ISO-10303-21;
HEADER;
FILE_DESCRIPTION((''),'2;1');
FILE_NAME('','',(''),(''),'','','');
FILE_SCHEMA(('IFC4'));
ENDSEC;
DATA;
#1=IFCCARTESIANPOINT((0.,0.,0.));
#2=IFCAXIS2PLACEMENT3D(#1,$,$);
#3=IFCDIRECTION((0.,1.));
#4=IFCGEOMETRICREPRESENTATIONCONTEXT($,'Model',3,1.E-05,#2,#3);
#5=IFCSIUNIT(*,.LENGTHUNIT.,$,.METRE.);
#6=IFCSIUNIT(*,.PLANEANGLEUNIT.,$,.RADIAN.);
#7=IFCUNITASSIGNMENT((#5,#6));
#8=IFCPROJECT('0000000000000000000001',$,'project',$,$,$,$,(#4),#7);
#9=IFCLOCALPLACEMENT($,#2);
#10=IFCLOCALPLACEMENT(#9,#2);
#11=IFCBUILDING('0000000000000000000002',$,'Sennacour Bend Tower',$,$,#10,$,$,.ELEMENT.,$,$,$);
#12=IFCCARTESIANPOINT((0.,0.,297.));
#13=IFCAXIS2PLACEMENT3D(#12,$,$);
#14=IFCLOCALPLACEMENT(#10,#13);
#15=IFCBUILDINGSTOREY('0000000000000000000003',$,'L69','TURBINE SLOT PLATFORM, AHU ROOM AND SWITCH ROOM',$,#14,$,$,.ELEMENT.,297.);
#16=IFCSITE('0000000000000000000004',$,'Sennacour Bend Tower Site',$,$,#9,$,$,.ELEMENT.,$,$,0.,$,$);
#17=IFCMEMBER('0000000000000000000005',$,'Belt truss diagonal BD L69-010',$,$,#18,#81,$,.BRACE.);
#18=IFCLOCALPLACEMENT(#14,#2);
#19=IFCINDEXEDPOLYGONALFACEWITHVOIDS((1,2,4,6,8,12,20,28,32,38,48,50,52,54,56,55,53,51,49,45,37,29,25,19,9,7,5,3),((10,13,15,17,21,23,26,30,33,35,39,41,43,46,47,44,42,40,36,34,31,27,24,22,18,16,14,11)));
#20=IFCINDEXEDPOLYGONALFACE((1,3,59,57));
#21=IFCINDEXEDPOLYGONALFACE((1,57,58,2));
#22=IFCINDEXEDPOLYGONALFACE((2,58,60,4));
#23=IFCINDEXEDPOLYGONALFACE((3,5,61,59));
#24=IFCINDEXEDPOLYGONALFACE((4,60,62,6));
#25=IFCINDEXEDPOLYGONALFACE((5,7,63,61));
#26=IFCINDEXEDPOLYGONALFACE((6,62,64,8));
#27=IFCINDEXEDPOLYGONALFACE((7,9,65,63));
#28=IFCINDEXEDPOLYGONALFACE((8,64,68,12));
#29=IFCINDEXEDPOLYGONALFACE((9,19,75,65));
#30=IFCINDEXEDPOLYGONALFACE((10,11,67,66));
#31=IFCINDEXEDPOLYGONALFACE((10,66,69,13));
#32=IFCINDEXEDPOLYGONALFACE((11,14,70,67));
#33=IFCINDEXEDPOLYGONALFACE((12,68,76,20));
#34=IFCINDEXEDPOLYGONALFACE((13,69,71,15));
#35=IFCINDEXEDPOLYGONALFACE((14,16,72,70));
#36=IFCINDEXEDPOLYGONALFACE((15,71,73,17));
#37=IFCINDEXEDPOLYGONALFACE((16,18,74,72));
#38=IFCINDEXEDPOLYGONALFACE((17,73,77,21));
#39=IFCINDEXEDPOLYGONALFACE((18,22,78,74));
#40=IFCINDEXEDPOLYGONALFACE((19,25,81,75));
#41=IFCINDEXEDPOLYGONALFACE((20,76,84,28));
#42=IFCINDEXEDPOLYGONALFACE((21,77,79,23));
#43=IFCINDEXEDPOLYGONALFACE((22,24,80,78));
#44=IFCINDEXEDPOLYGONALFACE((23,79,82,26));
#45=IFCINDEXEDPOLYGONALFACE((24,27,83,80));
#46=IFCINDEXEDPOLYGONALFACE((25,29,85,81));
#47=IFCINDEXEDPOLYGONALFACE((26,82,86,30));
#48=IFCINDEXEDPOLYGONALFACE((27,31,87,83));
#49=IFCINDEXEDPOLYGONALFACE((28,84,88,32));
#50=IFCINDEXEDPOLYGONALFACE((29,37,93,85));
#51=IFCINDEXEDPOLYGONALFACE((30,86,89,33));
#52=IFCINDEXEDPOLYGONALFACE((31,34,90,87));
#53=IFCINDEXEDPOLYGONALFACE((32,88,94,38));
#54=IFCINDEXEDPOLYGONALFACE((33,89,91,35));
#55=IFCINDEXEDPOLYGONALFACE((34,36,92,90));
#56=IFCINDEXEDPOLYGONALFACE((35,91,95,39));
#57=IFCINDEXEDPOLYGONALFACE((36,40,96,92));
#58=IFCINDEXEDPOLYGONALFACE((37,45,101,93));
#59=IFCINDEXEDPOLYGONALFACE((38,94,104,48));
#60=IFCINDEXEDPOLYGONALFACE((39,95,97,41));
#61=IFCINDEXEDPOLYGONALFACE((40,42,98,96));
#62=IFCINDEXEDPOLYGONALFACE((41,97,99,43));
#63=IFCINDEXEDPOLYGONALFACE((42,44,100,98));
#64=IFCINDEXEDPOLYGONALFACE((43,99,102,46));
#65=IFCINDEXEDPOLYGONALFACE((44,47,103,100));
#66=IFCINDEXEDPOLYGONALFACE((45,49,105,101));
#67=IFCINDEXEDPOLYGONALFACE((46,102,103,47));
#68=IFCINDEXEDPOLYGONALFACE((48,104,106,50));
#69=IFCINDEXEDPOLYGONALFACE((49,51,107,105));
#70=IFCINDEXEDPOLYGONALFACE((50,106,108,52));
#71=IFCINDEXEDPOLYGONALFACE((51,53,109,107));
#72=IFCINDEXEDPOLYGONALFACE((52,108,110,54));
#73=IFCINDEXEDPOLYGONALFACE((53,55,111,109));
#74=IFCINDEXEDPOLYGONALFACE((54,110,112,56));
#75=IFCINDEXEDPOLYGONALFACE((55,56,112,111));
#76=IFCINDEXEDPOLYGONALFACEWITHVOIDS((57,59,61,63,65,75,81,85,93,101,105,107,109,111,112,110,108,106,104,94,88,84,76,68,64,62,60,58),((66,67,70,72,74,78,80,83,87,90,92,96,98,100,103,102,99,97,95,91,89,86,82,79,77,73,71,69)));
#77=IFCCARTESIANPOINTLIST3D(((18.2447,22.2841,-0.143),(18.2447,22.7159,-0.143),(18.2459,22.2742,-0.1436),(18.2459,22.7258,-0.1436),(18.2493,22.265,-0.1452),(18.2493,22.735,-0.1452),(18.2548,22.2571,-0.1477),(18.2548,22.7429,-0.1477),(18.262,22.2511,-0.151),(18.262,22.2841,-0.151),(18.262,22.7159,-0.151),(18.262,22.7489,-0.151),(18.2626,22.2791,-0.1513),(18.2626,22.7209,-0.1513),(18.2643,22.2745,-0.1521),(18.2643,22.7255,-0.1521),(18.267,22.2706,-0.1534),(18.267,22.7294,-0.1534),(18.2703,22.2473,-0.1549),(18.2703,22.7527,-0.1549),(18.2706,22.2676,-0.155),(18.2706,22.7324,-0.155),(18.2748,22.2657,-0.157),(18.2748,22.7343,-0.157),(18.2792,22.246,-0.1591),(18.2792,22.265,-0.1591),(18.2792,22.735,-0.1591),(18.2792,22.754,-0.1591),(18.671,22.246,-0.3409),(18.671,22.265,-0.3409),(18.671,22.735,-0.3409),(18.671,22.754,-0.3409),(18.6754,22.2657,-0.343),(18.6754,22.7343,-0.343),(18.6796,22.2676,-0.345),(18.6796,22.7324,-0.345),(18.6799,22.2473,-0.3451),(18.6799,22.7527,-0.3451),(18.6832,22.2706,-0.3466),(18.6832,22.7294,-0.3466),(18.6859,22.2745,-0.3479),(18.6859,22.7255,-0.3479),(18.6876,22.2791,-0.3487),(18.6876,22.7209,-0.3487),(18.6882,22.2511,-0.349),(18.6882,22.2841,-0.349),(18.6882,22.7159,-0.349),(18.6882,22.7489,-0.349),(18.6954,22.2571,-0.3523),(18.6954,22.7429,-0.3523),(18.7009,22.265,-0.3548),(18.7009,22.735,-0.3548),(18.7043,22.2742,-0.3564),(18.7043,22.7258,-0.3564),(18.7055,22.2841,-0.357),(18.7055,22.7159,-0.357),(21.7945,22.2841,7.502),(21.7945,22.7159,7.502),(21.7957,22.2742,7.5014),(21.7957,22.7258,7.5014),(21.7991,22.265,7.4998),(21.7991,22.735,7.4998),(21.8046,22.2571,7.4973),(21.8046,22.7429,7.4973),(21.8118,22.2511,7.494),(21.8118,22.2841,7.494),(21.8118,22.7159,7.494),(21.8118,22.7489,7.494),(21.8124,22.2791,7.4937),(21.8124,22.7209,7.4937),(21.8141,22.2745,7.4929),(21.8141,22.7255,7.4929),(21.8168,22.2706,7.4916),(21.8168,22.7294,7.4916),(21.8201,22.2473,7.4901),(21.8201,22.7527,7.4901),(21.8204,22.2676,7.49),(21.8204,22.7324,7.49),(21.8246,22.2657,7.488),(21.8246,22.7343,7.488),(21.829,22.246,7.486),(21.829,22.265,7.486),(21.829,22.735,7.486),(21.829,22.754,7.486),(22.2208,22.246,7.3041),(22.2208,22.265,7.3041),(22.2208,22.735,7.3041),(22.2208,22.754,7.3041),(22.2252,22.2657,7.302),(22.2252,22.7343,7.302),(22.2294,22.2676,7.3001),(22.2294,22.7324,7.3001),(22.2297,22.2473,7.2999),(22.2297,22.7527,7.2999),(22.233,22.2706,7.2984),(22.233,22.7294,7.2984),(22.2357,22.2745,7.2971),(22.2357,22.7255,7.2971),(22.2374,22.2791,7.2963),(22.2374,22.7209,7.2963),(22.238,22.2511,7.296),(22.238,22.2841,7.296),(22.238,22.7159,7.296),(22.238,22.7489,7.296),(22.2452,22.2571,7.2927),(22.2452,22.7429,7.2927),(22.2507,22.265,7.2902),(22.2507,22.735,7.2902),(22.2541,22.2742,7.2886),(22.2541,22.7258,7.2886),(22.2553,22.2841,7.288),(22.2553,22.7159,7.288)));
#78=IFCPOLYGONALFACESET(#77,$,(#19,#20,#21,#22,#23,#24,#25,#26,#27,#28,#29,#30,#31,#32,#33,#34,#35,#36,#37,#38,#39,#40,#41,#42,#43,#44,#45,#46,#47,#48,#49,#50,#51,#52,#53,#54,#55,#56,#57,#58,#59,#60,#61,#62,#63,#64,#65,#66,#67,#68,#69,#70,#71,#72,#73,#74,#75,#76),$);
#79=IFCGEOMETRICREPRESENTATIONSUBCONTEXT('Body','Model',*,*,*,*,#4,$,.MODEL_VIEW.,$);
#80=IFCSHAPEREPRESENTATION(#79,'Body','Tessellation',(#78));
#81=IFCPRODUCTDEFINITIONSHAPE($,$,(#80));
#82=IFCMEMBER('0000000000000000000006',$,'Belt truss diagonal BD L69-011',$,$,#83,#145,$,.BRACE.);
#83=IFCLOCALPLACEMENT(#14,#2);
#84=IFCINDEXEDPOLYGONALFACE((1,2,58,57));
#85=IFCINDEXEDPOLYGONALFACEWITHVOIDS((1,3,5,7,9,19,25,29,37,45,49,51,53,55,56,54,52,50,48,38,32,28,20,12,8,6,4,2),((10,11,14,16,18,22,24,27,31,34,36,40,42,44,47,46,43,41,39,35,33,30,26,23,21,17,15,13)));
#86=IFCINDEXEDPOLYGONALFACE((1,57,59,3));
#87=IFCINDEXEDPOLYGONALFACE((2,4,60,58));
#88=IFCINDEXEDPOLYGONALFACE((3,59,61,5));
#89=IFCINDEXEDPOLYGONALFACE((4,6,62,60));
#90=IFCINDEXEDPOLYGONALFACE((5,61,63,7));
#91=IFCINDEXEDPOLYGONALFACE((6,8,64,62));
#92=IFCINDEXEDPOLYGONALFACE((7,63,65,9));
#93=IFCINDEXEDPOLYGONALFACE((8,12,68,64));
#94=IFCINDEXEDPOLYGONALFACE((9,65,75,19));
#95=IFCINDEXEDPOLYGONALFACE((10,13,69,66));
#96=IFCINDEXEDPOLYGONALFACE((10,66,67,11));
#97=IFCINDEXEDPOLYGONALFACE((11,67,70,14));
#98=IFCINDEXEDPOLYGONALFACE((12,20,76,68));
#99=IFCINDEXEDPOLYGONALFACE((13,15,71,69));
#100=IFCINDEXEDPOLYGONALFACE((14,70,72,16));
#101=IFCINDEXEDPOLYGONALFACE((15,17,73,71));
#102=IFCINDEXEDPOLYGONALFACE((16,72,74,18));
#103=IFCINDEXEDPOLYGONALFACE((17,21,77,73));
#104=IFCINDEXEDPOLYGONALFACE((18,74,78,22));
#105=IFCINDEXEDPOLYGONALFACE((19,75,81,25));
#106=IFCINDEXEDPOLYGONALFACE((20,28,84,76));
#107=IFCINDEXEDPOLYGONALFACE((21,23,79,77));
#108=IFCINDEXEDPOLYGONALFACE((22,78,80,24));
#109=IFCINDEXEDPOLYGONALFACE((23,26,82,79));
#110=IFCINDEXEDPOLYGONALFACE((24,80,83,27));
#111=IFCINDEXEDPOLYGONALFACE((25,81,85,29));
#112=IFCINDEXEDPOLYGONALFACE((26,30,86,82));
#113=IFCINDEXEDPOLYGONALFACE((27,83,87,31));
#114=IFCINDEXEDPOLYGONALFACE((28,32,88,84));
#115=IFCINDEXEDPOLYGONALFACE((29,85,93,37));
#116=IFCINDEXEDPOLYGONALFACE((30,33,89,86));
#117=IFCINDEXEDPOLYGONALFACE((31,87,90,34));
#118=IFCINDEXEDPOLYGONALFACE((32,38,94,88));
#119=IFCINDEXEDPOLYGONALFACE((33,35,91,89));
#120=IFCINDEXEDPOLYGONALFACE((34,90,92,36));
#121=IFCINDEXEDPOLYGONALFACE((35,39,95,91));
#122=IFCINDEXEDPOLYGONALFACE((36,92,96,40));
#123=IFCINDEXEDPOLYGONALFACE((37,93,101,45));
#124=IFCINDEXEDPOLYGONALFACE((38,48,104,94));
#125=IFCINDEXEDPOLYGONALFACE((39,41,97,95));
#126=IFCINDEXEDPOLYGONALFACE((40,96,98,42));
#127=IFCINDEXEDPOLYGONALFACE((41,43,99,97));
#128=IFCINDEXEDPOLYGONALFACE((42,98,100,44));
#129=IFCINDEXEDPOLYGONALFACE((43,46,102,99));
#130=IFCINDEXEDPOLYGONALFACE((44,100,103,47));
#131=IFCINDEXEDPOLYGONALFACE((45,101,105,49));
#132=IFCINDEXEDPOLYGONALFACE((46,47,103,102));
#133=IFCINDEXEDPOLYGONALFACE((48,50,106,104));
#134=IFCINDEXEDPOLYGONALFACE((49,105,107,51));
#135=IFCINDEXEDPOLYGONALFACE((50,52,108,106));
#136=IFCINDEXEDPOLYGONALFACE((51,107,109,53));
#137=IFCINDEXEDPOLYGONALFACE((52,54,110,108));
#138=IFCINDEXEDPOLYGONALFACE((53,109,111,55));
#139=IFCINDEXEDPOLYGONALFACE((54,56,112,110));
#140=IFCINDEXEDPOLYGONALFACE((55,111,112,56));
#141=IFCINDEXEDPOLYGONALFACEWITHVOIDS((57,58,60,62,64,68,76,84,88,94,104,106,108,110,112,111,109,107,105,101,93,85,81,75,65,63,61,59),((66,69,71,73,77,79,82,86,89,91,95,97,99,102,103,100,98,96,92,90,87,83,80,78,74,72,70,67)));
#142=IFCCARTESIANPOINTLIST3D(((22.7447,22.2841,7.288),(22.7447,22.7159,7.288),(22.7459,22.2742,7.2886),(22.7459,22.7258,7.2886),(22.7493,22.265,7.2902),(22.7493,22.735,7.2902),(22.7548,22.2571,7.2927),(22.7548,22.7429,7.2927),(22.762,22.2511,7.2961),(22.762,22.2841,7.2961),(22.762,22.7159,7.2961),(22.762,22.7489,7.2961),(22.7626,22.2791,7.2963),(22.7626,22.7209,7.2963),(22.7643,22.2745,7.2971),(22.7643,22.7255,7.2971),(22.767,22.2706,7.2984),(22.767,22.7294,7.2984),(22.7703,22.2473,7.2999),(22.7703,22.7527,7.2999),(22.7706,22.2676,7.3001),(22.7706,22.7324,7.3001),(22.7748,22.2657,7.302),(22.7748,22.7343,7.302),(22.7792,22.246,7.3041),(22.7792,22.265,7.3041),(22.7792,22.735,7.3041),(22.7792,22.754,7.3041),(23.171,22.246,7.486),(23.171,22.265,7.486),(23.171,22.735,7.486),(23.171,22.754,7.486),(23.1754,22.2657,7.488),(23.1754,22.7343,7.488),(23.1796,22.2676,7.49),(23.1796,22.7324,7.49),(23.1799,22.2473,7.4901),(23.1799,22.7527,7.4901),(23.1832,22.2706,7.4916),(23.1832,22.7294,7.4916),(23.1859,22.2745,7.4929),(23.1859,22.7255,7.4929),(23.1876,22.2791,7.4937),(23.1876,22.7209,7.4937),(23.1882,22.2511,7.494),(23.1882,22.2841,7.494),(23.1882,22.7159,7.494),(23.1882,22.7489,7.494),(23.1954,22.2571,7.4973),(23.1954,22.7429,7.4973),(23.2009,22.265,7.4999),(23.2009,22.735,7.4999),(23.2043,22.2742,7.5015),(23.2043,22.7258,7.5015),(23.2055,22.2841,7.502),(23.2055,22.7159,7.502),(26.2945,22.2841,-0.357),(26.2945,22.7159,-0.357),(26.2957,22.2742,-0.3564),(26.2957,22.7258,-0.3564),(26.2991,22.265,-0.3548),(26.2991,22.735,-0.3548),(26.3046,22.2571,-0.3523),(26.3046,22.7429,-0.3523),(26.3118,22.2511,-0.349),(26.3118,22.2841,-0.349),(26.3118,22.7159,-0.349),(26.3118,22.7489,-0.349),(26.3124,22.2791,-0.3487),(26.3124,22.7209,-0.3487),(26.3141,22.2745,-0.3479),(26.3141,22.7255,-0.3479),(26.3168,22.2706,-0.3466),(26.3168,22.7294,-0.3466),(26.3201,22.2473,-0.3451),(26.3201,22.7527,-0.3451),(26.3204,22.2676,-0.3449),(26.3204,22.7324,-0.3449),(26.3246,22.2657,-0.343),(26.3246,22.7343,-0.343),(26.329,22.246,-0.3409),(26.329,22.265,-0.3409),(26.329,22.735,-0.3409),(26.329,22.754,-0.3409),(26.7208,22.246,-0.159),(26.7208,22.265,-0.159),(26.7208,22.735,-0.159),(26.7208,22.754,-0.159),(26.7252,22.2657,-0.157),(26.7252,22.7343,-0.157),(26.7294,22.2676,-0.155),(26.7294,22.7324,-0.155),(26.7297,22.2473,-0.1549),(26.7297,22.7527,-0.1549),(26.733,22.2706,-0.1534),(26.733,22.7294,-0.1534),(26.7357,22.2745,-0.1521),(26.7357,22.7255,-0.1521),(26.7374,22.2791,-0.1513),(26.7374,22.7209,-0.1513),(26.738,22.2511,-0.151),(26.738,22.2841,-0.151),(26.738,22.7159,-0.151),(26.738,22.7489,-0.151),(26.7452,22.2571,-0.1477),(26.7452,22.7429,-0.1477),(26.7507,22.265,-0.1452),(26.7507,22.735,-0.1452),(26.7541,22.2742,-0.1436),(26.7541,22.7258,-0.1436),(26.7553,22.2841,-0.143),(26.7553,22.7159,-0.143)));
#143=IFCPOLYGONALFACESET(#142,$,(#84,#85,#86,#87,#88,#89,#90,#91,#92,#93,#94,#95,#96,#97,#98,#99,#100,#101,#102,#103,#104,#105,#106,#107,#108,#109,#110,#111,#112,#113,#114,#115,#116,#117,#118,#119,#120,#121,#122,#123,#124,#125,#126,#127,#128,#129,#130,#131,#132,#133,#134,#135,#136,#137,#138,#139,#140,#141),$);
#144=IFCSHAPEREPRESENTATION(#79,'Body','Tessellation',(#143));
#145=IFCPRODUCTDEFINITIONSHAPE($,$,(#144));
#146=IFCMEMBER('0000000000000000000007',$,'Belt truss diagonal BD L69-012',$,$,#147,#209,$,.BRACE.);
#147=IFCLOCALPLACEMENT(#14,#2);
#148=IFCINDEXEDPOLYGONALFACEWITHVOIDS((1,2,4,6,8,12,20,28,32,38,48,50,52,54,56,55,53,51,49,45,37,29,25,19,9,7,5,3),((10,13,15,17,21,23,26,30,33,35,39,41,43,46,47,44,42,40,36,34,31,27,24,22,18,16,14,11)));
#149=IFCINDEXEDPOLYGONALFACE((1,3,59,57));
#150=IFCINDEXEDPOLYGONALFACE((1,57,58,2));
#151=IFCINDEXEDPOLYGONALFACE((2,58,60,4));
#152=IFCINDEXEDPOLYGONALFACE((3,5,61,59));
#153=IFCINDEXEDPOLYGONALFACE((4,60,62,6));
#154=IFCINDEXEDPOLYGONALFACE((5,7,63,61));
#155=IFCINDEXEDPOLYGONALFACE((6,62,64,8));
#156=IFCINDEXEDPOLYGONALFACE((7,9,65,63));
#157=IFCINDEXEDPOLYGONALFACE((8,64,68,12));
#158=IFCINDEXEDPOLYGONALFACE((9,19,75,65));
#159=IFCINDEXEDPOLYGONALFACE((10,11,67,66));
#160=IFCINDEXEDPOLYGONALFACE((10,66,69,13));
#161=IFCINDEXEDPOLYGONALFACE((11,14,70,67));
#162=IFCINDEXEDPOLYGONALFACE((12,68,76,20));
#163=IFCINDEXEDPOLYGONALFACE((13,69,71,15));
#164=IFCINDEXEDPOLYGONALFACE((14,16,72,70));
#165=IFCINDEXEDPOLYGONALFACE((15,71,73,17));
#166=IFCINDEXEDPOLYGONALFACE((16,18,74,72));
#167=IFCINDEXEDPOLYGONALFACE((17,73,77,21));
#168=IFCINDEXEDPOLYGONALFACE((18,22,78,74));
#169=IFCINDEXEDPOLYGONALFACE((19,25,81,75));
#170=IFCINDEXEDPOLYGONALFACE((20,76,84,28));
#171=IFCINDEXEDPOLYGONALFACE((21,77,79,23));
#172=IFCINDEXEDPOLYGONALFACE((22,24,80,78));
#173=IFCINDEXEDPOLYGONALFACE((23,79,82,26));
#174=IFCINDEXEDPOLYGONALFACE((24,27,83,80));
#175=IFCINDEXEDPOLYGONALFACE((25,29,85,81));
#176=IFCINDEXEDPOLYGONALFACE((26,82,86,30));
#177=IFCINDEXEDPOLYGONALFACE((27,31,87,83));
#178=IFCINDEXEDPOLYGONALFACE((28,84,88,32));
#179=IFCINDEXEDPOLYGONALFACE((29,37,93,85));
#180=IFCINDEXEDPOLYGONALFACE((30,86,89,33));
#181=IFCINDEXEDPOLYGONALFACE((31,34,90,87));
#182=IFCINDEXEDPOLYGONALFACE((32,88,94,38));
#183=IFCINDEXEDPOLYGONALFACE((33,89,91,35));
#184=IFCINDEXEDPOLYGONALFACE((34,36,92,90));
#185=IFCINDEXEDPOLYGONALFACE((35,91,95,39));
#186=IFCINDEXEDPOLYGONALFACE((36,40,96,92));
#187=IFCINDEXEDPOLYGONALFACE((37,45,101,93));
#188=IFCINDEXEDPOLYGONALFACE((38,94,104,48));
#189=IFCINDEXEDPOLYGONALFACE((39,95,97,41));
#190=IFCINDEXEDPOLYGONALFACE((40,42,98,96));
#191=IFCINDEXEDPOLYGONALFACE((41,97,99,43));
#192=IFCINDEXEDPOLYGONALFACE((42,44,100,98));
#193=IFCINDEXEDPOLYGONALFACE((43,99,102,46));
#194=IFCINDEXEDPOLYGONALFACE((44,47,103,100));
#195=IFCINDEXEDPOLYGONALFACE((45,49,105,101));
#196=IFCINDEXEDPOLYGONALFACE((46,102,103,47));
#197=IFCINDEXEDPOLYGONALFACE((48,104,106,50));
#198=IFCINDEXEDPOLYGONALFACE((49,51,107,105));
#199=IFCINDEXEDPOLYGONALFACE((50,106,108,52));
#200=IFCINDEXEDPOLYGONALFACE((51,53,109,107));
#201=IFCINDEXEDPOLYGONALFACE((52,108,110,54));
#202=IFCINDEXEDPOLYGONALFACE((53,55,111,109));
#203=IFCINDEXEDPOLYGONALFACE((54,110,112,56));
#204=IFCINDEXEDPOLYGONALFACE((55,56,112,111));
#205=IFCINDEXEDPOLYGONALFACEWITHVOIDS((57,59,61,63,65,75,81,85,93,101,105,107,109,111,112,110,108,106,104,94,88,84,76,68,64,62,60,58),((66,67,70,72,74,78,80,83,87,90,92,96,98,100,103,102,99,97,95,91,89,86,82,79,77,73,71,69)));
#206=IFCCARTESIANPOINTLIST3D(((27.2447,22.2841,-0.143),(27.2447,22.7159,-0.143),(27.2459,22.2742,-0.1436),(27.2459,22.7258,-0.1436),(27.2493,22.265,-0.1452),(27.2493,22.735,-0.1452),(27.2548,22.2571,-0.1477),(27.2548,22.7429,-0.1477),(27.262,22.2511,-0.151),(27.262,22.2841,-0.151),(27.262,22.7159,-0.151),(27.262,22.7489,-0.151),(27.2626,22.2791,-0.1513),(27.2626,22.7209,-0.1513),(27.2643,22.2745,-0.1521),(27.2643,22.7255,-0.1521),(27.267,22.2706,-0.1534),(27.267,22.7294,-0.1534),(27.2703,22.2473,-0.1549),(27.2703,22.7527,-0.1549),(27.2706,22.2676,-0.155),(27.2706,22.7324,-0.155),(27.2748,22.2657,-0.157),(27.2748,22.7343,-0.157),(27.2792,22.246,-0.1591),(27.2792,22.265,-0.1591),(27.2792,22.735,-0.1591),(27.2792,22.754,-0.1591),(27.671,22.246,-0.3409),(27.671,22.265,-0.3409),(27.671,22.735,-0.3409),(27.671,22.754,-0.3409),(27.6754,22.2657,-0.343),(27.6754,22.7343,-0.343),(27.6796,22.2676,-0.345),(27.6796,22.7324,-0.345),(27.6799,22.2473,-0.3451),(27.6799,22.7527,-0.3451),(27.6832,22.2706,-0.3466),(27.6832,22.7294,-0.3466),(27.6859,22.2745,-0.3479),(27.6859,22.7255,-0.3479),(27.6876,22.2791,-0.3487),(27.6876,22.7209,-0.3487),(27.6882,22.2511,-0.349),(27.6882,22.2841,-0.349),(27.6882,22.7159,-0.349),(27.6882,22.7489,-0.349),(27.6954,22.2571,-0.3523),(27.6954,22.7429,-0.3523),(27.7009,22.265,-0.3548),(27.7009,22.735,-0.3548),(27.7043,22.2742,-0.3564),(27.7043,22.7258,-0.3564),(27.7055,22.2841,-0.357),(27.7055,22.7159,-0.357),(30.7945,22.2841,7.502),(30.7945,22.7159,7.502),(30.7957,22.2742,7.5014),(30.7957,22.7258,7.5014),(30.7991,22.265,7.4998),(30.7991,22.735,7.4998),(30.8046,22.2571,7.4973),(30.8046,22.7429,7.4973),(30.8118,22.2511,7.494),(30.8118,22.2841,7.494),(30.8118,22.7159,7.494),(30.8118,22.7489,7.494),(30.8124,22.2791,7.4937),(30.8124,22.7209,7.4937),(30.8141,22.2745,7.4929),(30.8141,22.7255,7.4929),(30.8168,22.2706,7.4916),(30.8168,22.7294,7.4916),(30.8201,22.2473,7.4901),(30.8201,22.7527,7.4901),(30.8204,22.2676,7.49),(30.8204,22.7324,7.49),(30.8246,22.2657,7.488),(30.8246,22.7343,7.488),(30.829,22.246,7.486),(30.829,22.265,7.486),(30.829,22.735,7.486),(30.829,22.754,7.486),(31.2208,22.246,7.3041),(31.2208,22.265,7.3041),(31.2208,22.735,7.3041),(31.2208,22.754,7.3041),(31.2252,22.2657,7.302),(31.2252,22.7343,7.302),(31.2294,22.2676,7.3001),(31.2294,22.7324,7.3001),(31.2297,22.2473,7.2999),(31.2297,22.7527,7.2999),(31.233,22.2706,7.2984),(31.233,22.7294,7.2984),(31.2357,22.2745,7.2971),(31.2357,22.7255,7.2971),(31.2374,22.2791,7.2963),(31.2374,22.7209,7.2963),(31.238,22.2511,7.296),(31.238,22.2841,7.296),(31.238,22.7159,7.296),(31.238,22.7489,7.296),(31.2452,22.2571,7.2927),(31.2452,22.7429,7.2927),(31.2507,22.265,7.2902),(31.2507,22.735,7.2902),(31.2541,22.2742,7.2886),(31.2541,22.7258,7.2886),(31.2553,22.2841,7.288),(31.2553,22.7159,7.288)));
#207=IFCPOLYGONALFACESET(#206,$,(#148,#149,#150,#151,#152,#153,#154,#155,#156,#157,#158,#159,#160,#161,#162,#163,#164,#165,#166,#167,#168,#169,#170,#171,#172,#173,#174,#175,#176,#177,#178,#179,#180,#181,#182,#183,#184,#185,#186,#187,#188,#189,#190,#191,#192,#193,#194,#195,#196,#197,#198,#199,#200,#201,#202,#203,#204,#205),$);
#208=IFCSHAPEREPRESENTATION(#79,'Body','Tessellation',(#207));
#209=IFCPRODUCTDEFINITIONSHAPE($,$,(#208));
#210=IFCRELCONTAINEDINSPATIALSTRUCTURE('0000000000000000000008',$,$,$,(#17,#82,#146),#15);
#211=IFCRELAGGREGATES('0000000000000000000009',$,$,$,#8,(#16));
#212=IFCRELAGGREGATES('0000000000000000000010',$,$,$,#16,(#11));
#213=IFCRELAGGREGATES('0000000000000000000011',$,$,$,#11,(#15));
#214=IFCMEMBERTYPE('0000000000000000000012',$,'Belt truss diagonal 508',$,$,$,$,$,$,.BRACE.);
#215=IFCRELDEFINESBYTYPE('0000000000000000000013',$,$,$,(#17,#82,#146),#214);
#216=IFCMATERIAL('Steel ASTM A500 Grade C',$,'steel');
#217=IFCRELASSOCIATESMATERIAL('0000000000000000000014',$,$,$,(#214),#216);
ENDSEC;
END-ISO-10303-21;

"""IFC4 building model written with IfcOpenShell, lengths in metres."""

from ifc_helpers import new_model, si_unit, direction, frame, origin, origin_2d, place, context, subcontext, project, spatial, hollow_rectangle, extrude, material, material_profile, profile_set, type_object, element, save


model = new_model("IFC4")

# Units and contexts
model_context = context("Model", 3, precision=1e-05, world=origin(), true_north=direction((0.0, 1.0)))
body_context = subcontext(model_context, "Body", "Model", "MODEL_VIEW")
ifc_project = project(units=[si_unit("LENGTHUNIT", "METRE"), si_unit("PLANEANGLEUNIT", "RADIAN")], contexts=[model_context])

# Site, building, storey
site_placement = place(None, origin())
site = spatial("IfcSite", under=ifc_project, at=site_placement, Name="Sennacour Bend Tower Site", CompositionType="ELEMENT", RefElevation=0.0)
building_placement = place(site_placement, origin())
building = spatial("IfcBuilding", under=site, at=building_placement, Name="Sennacour Bend Tower", CompositionType="ELEMENT")
storey_placement = place(building_placement, frame((0.0, 0.0, 297.0)))
storey = spatial("IfcBuildingStorey", under=building, at=storey_placement, Name="L69", Description="TURBINE SLOT PLATFORM, AHU ROOM AND SWITCH ROOM", CompositionType="ELEMENT", Elevation=297.0)

# Members
ifc_material_1 = material(Name="Steel ASTM A500 Grade C", Category="steel")
ifc_material_profile_1 = material_profile(ifc_material_1, hollow_rectangle(XDim=0.5081, YDim=0.5081, WallThickness=0.019, InnerFilletRadius=0.019, OuterFilletRadius=0.0381, at=origin_2d()), Name="Steel ASTM A500 Grade C", Category="steel")
ifc_profile_set_1 = profile_set([ifc_material_profile_1], Name="Steel ASTM A500 Grade C")
member_type_1 = type_object("IfcMemberType", Name="Belt truss diagonal 508", PredefinedType="BRACE", material=ifc_profile_set_1)
for number, where, z_axis, x_axis, name in (
    (1, (18.4751, 22.5, -0.25), (0.421144, 0.0, 0.906994), (0.0, 1.0, 0.0), "Belt truss diagonal BD L69-010"),
    (2, (22.9751, 22.5, 7.395), (0.421144, 0.0, -0.906994), (0.0, 1.0, 0.0), "Belt truss diagonal BD L69-011"),
    (3, (27.4751, 22.5, -0.25), (0.421144, 0.0, 0.906994), (0.0, 1.0, 0.0), "Belt truss diagonal BD L69-012"),
):
    element("IfcMember", number, at=place(storey_placement, frame(where, z_axis=z_axis, x_axis=x_axis)), inside=storey, type_object=member_type_1, Name=name, PredefinedType="BRACE", context=body_context, shape_type="SweptSolid", body=[
        extrude(hollow_rectangle(XDim=0.5081, YDim=0.5081, WallThickness=0.019, InnerFilletRadius=0.019, OuterFilletRadius=0.0381, at=origin_2d()), origin(), (0.0, 0.0, 1.0), 8.429),
    ])

save(model, "model.ifc")
